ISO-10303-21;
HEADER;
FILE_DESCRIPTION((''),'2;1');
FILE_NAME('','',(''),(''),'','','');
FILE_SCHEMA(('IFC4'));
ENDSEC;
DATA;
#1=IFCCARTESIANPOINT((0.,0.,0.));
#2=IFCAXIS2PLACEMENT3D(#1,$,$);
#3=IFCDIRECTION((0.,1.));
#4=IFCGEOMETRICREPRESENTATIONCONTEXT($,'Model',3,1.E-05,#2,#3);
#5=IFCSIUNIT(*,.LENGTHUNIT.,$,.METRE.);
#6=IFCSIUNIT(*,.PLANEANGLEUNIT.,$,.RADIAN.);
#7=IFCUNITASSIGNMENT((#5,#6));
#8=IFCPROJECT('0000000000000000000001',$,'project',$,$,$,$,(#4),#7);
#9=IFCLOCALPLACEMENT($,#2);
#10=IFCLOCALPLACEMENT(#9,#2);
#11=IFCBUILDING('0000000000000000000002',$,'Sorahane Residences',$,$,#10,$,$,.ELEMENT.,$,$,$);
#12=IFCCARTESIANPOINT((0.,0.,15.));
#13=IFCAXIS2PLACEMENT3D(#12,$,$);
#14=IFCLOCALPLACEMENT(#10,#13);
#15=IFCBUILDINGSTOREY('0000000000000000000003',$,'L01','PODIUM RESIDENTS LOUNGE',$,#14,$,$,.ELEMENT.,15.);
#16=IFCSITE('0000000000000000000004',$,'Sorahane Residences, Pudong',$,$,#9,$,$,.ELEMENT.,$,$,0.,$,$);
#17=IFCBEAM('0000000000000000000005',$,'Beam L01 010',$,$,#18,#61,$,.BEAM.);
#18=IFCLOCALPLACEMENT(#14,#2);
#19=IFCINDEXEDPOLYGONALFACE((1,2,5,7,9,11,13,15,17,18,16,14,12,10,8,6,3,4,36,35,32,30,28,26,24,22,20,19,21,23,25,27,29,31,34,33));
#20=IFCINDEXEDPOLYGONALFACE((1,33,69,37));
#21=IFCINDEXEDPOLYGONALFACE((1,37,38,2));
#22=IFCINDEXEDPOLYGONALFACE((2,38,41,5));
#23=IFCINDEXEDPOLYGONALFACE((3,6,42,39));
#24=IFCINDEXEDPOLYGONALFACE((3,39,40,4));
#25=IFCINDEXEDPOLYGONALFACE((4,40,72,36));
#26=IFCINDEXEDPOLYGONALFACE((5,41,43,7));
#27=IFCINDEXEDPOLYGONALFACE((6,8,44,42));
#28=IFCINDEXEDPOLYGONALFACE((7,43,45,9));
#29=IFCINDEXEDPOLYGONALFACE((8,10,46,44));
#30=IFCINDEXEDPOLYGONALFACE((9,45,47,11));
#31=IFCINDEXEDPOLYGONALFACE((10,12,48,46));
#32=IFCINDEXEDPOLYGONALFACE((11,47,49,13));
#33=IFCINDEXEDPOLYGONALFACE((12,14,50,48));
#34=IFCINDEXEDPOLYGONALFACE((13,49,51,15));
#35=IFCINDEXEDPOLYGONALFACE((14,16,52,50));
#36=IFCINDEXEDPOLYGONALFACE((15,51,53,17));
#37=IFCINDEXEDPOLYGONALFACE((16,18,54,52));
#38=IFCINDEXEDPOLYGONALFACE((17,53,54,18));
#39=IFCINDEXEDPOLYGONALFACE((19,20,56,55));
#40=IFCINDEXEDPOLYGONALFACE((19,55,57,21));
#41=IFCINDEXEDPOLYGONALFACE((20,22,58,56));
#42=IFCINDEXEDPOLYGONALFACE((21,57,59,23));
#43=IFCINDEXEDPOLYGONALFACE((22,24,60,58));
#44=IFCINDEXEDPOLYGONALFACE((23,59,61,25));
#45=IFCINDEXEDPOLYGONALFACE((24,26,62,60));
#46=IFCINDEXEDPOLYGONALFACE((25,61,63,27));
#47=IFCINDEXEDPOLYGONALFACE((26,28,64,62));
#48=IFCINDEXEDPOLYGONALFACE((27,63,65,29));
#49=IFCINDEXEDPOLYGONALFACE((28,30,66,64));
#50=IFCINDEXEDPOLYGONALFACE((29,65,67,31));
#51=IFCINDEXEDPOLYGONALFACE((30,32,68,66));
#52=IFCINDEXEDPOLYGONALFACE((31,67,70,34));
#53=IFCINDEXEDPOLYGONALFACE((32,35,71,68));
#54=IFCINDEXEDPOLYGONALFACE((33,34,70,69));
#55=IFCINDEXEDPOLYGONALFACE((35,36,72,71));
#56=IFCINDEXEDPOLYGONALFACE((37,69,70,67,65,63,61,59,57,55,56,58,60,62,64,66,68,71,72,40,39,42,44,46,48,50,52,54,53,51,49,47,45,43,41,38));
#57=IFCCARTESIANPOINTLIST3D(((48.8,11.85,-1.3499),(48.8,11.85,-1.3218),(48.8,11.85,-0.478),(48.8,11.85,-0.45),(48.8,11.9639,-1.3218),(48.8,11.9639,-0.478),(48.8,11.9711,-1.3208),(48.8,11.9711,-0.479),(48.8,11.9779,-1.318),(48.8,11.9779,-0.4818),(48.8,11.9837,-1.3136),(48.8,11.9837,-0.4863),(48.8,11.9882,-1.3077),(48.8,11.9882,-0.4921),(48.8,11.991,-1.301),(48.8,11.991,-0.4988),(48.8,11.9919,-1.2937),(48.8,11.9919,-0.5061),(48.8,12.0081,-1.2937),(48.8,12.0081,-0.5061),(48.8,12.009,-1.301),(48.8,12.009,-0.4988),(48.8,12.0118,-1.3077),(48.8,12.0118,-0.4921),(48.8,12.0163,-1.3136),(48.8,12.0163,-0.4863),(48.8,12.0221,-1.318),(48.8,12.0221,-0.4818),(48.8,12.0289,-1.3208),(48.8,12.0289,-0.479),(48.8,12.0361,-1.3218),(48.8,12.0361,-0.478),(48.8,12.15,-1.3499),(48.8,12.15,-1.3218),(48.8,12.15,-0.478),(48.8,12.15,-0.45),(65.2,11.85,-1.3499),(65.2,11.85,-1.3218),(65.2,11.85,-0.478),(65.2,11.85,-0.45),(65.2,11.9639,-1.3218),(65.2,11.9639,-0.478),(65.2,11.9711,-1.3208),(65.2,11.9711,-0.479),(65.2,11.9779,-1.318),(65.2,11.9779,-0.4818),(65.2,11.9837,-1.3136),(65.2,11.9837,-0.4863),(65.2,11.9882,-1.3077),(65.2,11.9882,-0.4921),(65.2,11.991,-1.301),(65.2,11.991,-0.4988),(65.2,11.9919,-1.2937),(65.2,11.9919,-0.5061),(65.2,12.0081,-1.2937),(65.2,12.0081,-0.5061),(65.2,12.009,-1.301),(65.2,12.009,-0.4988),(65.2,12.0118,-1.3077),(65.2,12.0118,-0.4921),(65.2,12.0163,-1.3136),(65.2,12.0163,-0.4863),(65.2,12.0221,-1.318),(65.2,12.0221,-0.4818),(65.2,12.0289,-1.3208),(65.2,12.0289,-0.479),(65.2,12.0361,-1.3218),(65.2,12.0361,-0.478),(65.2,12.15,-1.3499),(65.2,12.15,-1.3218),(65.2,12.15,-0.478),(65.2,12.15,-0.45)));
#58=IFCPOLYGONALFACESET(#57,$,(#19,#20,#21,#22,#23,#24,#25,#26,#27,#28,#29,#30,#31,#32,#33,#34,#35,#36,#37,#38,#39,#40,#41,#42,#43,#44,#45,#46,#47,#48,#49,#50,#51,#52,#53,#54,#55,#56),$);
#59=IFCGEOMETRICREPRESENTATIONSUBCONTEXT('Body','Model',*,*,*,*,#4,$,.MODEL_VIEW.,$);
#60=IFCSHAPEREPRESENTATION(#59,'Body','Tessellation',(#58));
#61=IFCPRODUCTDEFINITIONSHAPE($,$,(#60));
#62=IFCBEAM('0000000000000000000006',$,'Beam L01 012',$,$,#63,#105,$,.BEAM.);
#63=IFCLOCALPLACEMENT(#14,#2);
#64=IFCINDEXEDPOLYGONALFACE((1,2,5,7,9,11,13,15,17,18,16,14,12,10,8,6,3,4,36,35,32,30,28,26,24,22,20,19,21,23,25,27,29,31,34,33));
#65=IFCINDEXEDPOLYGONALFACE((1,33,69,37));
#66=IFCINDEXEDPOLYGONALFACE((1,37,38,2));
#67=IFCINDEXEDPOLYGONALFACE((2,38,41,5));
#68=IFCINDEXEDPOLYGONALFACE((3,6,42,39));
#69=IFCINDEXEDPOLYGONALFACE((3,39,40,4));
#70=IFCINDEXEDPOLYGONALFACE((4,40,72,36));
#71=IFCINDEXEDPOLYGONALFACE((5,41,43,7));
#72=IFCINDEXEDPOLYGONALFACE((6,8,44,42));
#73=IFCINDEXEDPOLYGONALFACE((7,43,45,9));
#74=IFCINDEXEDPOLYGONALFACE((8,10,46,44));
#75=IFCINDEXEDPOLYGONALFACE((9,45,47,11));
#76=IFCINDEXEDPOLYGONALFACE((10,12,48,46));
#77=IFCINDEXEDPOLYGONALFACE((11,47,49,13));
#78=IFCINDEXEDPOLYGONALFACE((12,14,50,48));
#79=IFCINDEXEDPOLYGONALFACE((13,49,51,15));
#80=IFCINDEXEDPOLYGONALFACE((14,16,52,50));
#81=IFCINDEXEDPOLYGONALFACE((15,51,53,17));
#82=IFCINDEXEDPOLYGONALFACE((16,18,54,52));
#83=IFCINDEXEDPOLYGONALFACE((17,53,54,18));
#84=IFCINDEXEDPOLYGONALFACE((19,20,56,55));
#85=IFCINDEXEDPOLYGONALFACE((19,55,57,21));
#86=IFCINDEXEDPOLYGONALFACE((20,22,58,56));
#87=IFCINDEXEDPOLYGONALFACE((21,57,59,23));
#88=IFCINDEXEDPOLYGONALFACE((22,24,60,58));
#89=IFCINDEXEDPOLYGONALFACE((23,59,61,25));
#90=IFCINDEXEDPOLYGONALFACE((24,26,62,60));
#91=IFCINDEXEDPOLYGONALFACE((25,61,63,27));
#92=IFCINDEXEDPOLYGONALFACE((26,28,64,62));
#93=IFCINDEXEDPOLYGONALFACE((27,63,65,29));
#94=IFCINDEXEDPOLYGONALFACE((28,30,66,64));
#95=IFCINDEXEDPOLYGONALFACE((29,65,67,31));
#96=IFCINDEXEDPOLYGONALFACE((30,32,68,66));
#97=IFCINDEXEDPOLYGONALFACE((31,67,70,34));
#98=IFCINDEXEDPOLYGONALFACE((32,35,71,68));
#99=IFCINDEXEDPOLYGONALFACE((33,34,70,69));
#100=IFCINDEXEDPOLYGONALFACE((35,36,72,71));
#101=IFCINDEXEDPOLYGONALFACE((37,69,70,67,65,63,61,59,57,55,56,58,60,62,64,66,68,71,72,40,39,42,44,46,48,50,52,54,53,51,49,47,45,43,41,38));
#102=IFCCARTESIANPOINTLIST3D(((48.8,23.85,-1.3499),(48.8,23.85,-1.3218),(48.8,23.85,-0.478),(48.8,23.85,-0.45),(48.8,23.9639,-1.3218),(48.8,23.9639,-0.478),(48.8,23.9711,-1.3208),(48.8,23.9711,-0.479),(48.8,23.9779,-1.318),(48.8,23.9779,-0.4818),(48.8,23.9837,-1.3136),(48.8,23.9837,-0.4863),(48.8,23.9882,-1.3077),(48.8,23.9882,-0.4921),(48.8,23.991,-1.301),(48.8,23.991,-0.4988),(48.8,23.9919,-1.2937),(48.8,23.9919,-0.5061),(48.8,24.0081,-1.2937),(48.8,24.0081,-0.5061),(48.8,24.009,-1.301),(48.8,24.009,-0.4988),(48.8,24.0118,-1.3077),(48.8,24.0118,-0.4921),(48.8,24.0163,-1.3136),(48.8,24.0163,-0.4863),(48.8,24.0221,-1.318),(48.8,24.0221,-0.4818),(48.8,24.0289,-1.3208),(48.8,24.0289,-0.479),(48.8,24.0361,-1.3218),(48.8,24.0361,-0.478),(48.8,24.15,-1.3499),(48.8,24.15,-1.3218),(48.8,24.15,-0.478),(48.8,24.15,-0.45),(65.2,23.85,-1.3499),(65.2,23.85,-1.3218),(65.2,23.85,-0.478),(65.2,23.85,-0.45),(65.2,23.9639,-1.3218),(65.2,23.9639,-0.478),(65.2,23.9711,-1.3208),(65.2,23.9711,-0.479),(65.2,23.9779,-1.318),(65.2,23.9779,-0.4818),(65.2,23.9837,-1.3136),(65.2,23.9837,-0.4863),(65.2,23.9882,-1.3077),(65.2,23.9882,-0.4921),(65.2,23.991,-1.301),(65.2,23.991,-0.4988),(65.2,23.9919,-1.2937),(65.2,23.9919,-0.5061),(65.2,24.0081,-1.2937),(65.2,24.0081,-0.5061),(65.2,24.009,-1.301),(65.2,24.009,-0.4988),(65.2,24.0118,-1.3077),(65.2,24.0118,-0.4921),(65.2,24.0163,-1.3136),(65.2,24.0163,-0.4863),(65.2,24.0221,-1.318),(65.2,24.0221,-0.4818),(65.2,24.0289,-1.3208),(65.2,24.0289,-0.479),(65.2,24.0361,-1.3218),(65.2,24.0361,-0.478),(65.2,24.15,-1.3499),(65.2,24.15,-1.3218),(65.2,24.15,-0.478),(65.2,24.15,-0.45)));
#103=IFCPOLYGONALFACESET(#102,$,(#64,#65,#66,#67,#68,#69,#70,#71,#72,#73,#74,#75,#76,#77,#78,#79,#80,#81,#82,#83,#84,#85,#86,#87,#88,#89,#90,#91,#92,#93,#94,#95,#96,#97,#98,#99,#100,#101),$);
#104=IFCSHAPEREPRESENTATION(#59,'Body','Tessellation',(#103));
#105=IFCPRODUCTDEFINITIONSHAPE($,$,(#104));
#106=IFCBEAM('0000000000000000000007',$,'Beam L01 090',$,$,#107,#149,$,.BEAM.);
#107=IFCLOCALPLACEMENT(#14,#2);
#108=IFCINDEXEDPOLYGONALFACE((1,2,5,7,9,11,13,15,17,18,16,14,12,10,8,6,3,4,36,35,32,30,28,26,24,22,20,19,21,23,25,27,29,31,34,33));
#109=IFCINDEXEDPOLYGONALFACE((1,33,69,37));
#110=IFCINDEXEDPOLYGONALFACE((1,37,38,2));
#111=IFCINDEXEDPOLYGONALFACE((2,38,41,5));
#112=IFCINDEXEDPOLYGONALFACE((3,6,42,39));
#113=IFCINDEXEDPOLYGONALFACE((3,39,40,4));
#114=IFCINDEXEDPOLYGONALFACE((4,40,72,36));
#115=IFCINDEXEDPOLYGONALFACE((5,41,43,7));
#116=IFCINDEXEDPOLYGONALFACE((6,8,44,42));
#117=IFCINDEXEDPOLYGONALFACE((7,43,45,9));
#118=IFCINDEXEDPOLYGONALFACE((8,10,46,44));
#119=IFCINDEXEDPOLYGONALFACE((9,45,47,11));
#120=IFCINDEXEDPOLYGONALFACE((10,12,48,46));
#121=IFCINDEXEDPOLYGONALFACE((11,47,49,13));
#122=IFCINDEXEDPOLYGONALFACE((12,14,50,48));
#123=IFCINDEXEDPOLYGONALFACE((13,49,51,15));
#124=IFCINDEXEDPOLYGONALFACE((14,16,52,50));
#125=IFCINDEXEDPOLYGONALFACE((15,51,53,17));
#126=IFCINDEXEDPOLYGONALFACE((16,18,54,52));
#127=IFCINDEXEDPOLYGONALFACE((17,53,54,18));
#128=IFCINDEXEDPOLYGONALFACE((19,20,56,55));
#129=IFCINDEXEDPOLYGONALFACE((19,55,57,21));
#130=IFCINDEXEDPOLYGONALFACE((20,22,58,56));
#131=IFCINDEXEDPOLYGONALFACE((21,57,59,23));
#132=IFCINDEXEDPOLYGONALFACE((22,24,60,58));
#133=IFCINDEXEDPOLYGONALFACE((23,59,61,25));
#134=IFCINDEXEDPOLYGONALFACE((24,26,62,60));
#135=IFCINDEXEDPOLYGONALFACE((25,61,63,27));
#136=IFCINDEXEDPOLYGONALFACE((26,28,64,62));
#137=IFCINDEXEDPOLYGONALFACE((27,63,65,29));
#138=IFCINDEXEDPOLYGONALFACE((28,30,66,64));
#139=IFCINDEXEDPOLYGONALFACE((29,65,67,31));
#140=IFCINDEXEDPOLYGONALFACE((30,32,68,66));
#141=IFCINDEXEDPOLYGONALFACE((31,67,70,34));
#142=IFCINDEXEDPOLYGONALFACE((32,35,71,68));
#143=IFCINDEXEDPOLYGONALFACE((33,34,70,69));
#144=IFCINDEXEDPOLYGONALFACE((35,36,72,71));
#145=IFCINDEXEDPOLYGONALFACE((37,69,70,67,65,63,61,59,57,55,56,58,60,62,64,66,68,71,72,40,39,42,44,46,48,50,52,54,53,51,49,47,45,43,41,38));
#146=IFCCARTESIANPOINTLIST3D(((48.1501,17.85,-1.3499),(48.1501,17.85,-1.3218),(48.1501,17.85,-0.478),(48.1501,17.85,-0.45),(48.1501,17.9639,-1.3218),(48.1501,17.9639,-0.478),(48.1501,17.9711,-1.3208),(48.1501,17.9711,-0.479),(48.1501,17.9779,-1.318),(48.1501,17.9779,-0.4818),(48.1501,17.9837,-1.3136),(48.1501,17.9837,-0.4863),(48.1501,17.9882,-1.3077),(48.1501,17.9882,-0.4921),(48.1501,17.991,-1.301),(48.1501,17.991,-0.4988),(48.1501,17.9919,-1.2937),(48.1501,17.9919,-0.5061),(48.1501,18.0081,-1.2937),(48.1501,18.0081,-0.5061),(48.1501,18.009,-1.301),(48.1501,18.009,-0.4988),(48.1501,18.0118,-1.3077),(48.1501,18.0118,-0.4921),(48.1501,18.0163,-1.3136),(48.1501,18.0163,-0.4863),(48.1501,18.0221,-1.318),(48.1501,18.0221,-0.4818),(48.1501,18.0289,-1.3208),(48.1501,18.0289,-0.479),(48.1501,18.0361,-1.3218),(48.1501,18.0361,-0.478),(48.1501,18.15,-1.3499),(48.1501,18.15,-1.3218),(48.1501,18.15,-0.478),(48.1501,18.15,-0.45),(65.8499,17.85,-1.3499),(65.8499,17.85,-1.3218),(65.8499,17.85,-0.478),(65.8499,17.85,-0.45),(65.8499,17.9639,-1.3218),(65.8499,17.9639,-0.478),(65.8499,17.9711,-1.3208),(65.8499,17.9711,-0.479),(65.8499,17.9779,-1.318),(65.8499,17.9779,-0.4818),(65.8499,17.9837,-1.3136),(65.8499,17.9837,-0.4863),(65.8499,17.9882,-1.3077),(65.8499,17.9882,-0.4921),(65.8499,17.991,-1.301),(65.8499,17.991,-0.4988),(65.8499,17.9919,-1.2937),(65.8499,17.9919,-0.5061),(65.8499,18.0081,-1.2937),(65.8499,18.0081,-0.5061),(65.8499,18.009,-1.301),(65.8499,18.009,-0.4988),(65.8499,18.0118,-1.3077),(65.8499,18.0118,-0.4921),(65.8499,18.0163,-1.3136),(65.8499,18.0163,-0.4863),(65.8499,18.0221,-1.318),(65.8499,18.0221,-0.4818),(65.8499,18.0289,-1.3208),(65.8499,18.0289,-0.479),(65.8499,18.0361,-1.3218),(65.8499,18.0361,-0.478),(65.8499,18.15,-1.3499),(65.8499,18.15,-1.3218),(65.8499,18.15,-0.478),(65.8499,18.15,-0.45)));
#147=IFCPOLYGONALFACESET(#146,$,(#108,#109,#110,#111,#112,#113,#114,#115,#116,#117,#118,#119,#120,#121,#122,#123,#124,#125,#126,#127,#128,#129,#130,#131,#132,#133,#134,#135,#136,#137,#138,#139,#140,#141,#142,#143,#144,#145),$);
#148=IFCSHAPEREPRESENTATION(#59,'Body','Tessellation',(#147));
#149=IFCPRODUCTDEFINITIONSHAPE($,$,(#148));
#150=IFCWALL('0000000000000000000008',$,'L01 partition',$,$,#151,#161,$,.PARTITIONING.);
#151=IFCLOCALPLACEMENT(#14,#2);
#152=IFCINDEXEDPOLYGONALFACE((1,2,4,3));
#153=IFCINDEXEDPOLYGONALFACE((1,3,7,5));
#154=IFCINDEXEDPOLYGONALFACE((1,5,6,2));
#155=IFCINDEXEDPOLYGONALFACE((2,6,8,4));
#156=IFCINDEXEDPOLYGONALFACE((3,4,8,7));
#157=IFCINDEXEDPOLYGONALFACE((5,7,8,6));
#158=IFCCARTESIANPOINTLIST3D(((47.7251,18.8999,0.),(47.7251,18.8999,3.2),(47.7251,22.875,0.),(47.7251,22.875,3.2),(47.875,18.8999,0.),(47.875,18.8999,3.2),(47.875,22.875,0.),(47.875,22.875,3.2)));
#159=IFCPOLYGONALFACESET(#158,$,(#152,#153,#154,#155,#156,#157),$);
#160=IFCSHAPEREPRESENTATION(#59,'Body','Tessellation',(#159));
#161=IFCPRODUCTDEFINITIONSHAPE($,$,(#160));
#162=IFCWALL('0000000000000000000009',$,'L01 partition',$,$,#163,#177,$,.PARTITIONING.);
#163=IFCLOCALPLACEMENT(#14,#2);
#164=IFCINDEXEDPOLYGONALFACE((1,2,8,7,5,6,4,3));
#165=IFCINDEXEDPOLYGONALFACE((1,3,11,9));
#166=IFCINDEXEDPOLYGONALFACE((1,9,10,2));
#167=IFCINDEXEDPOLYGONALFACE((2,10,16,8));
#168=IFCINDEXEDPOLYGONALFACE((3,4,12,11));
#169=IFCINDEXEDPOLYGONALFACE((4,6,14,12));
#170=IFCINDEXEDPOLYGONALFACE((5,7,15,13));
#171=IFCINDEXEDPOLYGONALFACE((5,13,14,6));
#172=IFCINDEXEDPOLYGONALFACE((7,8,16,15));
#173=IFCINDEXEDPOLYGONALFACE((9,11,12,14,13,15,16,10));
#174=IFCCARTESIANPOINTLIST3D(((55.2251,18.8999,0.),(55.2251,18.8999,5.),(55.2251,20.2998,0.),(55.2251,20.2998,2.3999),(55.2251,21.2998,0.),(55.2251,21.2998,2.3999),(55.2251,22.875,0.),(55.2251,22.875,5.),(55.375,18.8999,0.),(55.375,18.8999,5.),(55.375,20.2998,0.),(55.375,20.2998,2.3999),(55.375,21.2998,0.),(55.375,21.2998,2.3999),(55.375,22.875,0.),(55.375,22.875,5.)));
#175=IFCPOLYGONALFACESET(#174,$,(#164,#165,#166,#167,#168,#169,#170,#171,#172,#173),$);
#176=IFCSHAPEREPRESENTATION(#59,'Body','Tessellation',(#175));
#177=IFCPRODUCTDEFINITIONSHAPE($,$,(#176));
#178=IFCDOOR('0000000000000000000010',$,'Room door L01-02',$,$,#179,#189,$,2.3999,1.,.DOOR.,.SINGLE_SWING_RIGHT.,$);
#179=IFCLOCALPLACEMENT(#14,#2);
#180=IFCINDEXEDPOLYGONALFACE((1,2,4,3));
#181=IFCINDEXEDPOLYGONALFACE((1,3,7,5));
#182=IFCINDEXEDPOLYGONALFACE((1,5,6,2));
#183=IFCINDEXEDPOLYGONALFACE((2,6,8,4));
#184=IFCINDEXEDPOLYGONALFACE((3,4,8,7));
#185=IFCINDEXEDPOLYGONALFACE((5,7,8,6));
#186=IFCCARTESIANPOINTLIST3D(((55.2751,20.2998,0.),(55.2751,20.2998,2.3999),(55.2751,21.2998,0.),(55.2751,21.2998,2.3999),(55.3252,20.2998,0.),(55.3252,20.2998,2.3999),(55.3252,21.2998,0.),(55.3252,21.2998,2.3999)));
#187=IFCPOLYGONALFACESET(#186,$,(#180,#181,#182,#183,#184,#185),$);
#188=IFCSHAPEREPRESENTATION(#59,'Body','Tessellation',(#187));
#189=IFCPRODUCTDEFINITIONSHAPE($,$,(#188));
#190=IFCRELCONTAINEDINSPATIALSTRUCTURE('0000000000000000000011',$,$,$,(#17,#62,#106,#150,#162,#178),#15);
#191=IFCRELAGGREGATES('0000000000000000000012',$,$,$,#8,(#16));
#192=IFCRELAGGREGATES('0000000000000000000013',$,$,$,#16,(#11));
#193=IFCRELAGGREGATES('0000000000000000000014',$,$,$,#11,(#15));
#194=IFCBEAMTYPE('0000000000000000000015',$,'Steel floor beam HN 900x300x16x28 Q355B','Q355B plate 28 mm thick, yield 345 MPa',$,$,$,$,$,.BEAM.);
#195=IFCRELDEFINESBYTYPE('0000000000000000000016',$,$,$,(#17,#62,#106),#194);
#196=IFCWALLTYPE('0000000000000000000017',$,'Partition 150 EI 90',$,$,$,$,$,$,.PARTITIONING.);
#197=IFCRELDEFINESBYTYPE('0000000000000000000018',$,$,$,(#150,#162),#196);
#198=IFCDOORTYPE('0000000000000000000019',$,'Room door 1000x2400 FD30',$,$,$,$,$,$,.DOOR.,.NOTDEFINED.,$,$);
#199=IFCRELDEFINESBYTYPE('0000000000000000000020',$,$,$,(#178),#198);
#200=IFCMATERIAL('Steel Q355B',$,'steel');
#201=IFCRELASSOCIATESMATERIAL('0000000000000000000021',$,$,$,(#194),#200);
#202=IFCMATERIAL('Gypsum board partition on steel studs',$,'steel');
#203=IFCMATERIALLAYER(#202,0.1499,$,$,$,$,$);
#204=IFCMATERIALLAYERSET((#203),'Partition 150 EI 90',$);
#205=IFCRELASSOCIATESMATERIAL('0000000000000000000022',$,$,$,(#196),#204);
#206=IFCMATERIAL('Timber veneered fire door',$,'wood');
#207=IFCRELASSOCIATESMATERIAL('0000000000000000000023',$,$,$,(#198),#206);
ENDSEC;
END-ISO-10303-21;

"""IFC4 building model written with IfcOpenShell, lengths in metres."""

from ifc_helpers import new_model, si_unit, direction, frame, frame_2d, origin, origin_2d, place, context, subcontext, project, spatial, rectangle, i_section, extrude, material, layer, layer_set, material_profile, profile_set, type_object, element, fill, save


model = new_model("IFC4")

# Units and contexts
model_context = context("Model", 3, precision=1e-05, world=origin(), true_north=direction((0.0, 1.0)))
body_context = subcontext(model_context, "Body", "Model", "MODEL_VIEW")
ifc_project = project(units=[si_unit("LENGTHUNIT", "METRE"), si_unit("PLANEANGLEUNIT", "RADIAN")], contexts=[model_context])

# Site, building, storey
site_placement = place(None, origin())
site = spatial("IfcSite", under=ifc_project, at=site_placement, Name="Sorahane Residences, Pudong", CompositionType="ELEMENT", RefElevation=0.0)
building_placement = place(site_placement, origin())
building = spatial("IfcBuilding", under=site, at=building_placement, Name="Sorahane Residences", CompositionType="ELEMENT")
storey_placement = place(building_placement, frame((0.0, 0.0, 15.0)))
storey = spatial("IfcBuildingStorey", under=building, at=storey_placement, Name="L01", Description="PODIUM RESIDENTS LOUNGE", CompositionType="ELEMENT", Elevation=15.0)

# Beams
ifc_material_1 = material(Name="Steel Q355B", Category="steel")
ifc_material_profile_1 = material_profile(ifc_material_1, i_section(OverallWidth=0.3, OverallDepth=0.8999, WebThickness=0.0161, FlangeThickness=0.0281, FilletRadius=0.0281, at=origin_2d()), Name="HN 900x300x16x28")
ifc_profile_set_1 = profile_set([ifc_material_profile_1], Name="Steel Q355B")
beam_type_1 = type_object("IfcBeamType", Name="Steel floor beam HN 900x300x16x28 Q355B", Description="Q355B plate 28 mm thick, yield 345 MPa", PredefinedType="BEAM", material=ifc_profile_set_1)
for number, where, z_axis, x_axis, name in (
    (1, (48.8, 12.0, -0.8999), (1.0, 0.0, 0.0), (0.0, 1.0, 0.0), "Beam L01 010"),
    (2, (48.8, 24.0, -0.8999), (1.0, 0.0, 0.0), (0.0, 1.0, 0.0), "Beam L01 012"),
):
    element("IfcBeam", number, at=place(storey_placement, frame(where, z_axis=z_axis, x_axis=x_axis)), inside=storey, type_object=beam_type_1, Name=name, PredefinedType="BEAM", context=body_context, shape_type="SweptSolid", body=[
        extrude(i_section(OverallWidth=0.3, OverallDepth=0.8999, WebThickness=0.0161, FlangeThickness=0.0281, FilletRadius=0.0281, at=origin_2d()), origin(), (0.0, 0.0, 1.0), 16.3999),
    ])
beam_placement = place(storey_placement, frame((48.1501, 18.0, -0.8999), z_axis=(1.0, 0.0, 0.0), x_axis=(0.0, 1.0, 0.0)))
element("IfcBeam", 3, at=beam_placement, inside=storey, type_object=beam_type_1, Name="Beam L01 090", PredefinedType="BEAM", context=body_context, shape_type="SweptSolid", body=[
    extrude(i_section(OverallWidth=0.3, OverallDepth=0.8999, WebThickness=0.0161, FlangeThickness=0.0281, FilletRadius=0.0281, at=origin_2d()), origin(), (0.0, 0.0, 1.0), 17.6997),
])

# Wall
ifc_material_2 = material(Name="Gypsum board partition on steel studs", Category="steel")
ifc_layer_1 = layer(ifc_material_2, 0.1499)
ifc_layer_set_1 = layer_set([ifc_layer_1], Name="Partition 150 EI 90")
wall_type_1 = type_object("IfcWallType", Name="Partition 150 EI 90", PredefinedType="PARTITIONING", material=ifc_layer_set_1)
wall_1_placement = place(storey_placement, frame((47.8, 18.8999, 0.0), z_axis=(0.0, 0.0, 1.0), x_axis=(0.0, 1.0, 0.0)))
element("IfcWall", 4, at=wall_1_placement, inside=storey, type_object=wall_type_1, Name="L01 partition", PredefinedType="PARTITIONING", context=body_context, shape_type="SweptSolid", body=[
    extrude(rectangle(XDim=3.9751, YDim=0.1499, at=frame_2d((1.9875, 0.0))), origin(), (0.0, 0.0, 1.0), 3.2),
])

# Wall, opening, door
wall_2_placement = place(storey_placement, frame((55.3, 18.8999, 0.0), z_axis=(0.0, 0.0, 1.0), x_axis=(0.0, 1.0, 0.0)))
wall_2 = element("IfcWall", 5, at=wall_2_placement, inside=storey, type_object=wall_type_1, Name="L01 partition", PredefinedType="PARTITIONING", context=body_context, shape_type="SweptSolid", body=[
    extrude(rectangle(XDim=3.9751, YDim=0.1499, at=frame_2d((1.9875, 0.0))), origin(), (0.0, 0.0, 1.0), 5.0),
])
opening_1_placement = place(wall_2_placement, frame((1.3999, 0.0, 0.0)))
opening_1 = element("IfcOpeningElement", 6, at=opening_1_placement, cuts=wall_2, PredefinedType="OPENING", context=body_context, shape_type="SweptSolid", body=[
    extrude(rectangle(XDim=1.0, YDim=2.3999, at=frame_2d((0.5, 1.2))), frame((0.0, 0.085, 0.0), z_axis=(0.0, -1.0, 0.0), x_axis=(1.0, 0.0, 0.0)), (0.0, 0.0, 1.0), 0.1699),
])
ifc_material_3 = material(Name="Timber veneered fire door", Category="wood")
door_type_1 = type_object("IfcDoorType", Name="Room door 1000x2400 FD30", OperationType="NOTDEFINED", PredefinedType="DOOR", material=ifc_material_3)
door_1_placement = place(opening_1_placement, origin())
door_1 = element("IfcDoor", 7, at=door_1_placement, inside=storey, type_object=door_type_1, Name="Room door L01-02", OperationType="SINGLE_SWING_RIGHT", OverallHeight=2.3999, OverallWidth=1.0, PredefinedType="DOOR", context=body_context, shape_type="SweptSolid", body=[
    extrude(rectangle(XDim=1.0, YDim=2.3999, at=frame_2d((0.5, 1.2))), frame((0.0, 0.0249, 0.0), z_axis=(0.0, -1.0, 0.0), x_axis=(1.0, 0.0, 0.0)), (0.0, 0.0, 1.0), 0.05),
])
fill(opening_1, door_1)

save(model, "model.ifc")
